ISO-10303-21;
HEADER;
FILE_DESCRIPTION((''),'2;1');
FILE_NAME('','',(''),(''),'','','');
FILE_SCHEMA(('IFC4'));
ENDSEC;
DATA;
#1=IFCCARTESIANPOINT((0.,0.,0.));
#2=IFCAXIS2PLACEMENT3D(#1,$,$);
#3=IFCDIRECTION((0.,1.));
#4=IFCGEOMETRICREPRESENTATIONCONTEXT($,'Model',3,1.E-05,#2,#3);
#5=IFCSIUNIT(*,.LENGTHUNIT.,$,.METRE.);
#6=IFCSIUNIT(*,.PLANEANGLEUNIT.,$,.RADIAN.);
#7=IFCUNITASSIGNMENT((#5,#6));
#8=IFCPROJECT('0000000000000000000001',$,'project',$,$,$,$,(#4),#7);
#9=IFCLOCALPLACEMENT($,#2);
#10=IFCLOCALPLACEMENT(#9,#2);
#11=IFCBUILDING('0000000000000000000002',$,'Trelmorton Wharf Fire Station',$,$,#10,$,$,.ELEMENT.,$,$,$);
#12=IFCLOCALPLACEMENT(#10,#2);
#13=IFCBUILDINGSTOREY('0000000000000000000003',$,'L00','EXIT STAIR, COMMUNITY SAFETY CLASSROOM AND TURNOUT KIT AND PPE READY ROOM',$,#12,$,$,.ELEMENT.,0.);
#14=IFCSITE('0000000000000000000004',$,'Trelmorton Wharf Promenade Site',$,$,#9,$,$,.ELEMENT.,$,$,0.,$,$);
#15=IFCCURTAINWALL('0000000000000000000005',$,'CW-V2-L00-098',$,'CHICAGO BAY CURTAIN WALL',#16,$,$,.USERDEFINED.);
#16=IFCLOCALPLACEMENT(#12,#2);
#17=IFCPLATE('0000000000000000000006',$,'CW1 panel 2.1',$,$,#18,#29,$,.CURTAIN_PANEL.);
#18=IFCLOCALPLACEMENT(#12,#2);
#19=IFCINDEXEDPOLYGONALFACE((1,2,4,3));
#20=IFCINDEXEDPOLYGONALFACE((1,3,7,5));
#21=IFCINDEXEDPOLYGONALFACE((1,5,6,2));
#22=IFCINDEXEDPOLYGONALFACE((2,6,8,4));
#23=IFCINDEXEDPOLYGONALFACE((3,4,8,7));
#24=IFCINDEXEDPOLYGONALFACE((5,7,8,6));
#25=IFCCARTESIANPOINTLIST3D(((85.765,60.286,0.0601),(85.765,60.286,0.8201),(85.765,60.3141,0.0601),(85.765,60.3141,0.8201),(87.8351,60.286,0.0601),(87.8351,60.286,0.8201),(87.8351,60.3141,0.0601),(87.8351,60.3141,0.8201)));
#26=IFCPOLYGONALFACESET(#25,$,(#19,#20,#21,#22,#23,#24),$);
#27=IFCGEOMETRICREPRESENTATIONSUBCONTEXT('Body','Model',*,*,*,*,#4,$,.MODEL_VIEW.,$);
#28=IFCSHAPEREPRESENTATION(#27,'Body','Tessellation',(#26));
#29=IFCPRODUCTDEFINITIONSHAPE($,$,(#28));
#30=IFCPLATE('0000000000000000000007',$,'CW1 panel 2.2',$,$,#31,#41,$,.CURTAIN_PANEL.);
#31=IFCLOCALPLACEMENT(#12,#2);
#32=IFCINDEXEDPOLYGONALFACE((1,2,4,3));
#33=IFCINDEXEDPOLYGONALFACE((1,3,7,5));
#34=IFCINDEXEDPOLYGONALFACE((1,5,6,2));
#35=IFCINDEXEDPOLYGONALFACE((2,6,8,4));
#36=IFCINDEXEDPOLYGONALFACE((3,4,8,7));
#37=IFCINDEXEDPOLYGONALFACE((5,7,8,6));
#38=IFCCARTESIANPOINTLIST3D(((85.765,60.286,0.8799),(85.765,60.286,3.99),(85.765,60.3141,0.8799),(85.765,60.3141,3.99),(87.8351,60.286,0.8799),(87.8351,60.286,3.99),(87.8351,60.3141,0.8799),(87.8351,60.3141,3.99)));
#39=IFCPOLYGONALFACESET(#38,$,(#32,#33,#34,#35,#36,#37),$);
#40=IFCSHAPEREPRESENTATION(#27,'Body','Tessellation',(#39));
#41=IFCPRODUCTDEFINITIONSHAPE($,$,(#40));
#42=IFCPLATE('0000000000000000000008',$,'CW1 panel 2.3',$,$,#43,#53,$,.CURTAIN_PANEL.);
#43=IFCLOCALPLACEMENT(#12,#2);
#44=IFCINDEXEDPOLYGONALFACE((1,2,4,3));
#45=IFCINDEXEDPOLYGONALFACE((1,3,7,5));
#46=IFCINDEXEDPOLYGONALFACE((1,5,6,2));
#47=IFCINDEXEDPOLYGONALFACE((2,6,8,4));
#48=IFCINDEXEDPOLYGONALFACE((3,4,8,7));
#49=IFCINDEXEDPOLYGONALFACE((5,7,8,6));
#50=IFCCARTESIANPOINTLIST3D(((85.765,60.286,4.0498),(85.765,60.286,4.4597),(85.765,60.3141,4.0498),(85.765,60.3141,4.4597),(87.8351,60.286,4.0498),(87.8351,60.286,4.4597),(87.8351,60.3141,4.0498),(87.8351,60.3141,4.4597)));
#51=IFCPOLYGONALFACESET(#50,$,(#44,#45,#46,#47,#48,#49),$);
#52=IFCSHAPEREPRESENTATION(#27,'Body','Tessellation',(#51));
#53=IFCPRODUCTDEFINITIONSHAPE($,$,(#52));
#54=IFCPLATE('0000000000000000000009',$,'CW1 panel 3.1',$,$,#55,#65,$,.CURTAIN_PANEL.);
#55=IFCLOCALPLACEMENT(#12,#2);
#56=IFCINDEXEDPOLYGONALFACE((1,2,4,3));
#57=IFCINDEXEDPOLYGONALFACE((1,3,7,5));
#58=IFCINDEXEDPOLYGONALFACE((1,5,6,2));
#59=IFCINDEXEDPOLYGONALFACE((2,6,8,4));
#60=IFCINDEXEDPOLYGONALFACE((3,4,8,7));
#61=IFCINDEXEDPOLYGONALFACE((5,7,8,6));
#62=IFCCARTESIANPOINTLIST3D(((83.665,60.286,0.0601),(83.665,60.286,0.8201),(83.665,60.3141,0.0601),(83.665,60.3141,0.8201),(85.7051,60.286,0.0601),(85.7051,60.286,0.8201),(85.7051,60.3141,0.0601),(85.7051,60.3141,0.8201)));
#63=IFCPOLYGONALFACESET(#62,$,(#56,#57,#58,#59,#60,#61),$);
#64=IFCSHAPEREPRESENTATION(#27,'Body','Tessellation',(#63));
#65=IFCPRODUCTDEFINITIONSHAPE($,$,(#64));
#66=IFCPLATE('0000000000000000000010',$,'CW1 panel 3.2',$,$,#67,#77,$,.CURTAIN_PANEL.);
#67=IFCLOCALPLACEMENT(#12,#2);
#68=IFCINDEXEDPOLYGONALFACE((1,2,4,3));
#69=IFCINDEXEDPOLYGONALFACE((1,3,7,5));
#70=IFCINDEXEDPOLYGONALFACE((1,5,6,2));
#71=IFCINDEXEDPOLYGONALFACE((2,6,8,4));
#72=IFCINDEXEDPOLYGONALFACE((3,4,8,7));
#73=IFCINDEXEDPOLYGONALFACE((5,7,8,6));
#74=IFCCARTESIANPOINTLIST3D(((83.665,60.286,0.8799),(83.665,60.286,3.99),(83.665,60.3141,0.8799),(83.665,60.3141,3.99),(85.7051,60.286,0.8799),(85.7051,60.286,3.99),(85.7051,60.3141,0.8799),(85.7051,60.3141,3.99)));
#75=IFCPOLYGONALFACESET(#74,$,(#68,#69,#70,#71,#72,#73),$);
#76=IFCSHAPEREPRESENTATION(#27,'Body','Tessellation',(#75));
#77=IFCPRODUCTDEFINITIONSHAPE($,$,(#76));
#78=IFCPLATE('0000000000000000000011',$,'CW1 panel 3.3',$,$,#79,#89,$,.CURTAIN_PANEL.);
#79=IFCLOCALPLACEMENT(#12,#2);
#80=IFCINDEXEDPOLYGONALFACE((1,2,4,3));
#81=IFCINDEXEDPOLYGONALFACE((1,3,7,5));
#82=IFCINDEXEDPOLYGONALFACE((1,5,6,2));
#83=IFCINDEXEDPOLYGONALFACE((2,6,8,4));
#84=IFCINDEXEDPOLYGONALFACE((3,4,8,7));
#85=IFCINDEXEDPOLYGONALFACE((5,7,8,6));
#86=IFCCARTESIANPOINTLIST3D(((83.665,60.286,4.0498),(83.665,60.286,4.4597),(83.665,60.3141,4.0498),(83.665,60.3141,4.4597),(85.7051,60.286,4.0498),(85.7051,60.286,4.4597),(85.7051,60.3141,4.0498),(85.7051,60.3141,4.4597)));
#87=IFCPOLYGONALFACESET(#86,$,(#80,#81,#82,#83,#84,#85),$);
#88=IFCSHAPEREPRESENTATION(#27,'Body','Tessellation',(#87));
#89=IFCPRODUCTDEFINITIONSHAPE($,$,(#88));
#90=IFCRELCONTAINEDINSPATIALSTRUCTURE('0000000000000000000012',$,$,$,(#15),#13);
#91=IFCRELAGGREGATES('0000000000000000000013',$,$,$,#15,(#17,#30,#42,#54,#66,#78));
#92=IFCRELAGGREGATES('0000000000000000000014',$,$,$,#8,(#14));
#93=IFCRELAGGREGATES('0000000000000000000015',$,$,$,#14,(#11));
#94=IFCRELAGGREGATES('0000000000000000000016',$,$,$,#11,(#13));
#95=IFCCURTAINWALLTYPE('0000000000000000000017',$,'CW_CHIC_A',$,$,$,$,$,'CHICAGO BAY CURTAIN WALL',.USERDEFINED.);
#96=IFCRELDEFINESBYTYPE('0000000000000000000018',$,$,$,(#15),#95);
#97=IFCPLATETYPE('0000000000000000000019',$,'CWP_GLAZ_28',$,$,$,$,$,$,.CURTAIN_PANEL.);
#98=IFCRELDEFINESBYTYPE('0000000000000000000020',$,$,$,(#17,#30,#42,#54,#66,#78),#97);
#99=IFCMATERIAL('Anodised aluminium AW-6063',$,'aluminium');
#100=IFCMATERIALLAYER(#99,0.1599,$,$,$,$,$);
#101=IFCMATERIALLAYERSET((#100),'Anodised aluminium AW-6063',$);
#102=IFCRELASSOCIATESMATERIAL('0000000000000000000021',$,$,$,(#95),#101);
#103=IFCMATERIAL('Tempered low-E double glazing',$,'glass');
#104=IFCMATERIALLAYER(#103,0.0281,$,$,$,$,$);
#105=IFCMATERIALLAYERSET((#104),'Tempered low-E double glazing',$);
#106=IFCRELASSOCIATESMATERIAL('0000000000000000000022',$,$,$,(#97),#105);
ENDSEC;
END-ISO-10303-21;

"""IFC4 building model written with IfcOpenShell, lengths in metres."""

from ifc_helpers import new_model, si_unit, direction, frame, origin, origin_2d, place, context, subcontext, project, spatial, rectangle, extrude, material, layer, layer_set, type_object, element, aggregate, save


model = new_model("IFC4")

# Units and contexts
model_context = context("Model", 3, precision=1e-05, world=origin(), true_north=direction((0.0, 1.0)))
body_context = subcontext(model_context, "Body", "Model", "MODEL_VIEW")
ifc_project = project(units=[si_unit("LENGTHUNIT", "METRE"), si_unit("PLANEANGLEUNIT", "RADIAN")], contexts=[model_context])

# Site, building, storey
site_placement = place(None, origin())
site = spatial("IfcSite", under=ifc_project, at=site_placement, Name="Trelmorton Wharf Promenade Site", CompositionType="ELEMENT", RefElevation=0.0)
building_placement = place(site_placement, origin())
building = spatial("IfcBuilding", under=site, at=building_placement, Name="Trelmorton Wharf Fire Station", CompositionType="ELEMENT")
storey_placement = place(building_placement, origin())
storey = spatial("IfcBuildingStorey", under=building, at=storey_placement, Name="L00", Description="EXIT STAIR, COMMUNITY SAFETY CLASSROOM AND TURNOUT KIT AND PPE READY ROOM", CompositionType="ELEMENT", Elevation=0.0)

# Curtain wall
ifc_material_1 = material(Name="Anodised aluminium AW-6063", Category="aluminium")
ifc_layer_1 = layer(ifc_material_1, 0.1599)
ifc_layer_set_1 = layer_set([ifc_layer_1], Name="Anodised aluminium AW-6063")
curtain_wall_type = type_object("IfcCurtainWallType", Name="CW_CHIC_A", ElementType="CHICAGO BAY CURTAIN WALL", PredefinedType="USERDEFINED", material=ifc_layer_set_1)
curtain_wall_placement = place(storey_placement, origin())
curtain_wall = element("IfcCurtainWall", 1, at=curtain_wall_placement, inside=storey, type_object=curtain_wall_type, Name="CW-V2-L00-098", ObjectType="CHICAGO BAY CURTAIN WALL", PredefinedType="USERDEFINED")

# Plates
ifc_material_2 = material(Name="Tempered low-E double glazing", Category="glass")
ifc_layer_2 = layer(ifc_material_2, 0.0281)
ifc_layer_set_2 = layer_set([ifc_layer_2], Name="Tempered low-E double glazing")
plate_type = type_object("IfcPlateType", Name="CWP_GLAZ_28", PredefinedType="CURTAIN_PANEL", material=ifc_layer_set_2)
plate_1_placement = place(storey_placement, frame((86.8, 60.3, 0.0601), z_axis=(0.0, 0.0, 1.0), x_axis=(-1.0, 0.0, 0.0)))
plate_1 = element("IfcPlate", 2, at=plate_1_placement, type_object=plate_type, Name="CW1 panel 2.1", PredefinedType="CURTAIN_PANEL", context=body_context, shape_type="SweptSolid", body=[
    extrude(rectangle(XDim=2.0701, YDim=0.0281, at=origin_2d()), origin(), (0.0, 0.0, 1.0), 0.76),
])
plate_2_placement = place(storey_placement, frame((86.8, 60.3, 0.8799), z_axis=(0.0, 0.0, 1.0), x_axis=(-1.0, 0.0, 0.0)))
plate_2 = element("IfcPlate", 3, at=plate_2_placement, type_object=plate_type, Name="CW1 panel 2.2", PredefinedType="CURTAIN_PANEL", context=body_context, shape_type="SweptSolid", body=[
    extrude(rectangle(XDim=2.0701, YDim=0.0281, at=origin_2d()), origin(), (0.0, 0.0, 1.0), 3.1101),
])
plate_3_placement = place(storey_placement, frame((86.8, 60.3, 4.0498), z_axis=(0.0, 0.0, 1.0), x_axis=(-1.0, 0.0, 0.0)))
plate_3 = element("IfcPlate", 4, at=plate_3_placement, type_object=plate_type, Name="CW1 panel 2.3", PredefinedType="CURTAIN_PANEL", context=body_context, shape_type="SweptSolid", body=[
    extrude(rectangle(XDim=2.0701, YDim=0.0281, at=origin_2d()), origin(), (0.0, 0.0, 1.0), 0.4099),
])
plate_4_placement = place(storey_placement, frame((84.6851, 60.3, 0.0601), z_axis=(0.0, 0.0, 1.0), x_axis=(-1.0, 0.0, 0.0)))
plate_4 = element("IfcPlate", 5, at=plate_4_placement, type_object=plate_type, Name="CW1 panel 3.1", PredefinedType="CURTAIN_PANEL", context=body_context, shape_type="SweptSolid", body=[
    extrude(rectangle(XDim=2.04, YDim=0.0281, at=origin_2d()), origin(), (0.0, 0.0, 1.0), 0.76),
])
plate_5_placement = place(storey_placement, frame((84.6851, 60.3, 0.8799), z_axis=(0.0, 0.0, 1.0), x_axis=(-1.0, 0.0, 0.0)))
plate_5 = element("IfcPlate", 6, at=plate_5_placement, type_object=plate_type, Name="CW1 panel 3.2", PredefinedType="CURTAIN_PANEL", context=body_context, shape_type="SweptSolid", body=[
    extrude(rectangle(XDim=2.04, YDim=0.0281, at=origin_2d()), origin(), (0.0, 0.0, 1.0), 3.1101),
])
plate_6_placement = place(storey_placement, frame((84.6851, 60.3, 4.0498), z_axis=(0.0, 0.0, 1.0), x_axis=(-1.0, 0.0, 0.0)))
plate_6 = element("IfcPlate", 7, at=plate_6_placement, type_object=plate_type, Name="CW1 panel 3.3", PredefinedType="CURTAIN_PANEL", context=body_context, shape_type="SweptSolid", body=[
    extrude(rectangle(XDim=2.04, YDim=0.0281, at=origin_2d()), origin(), (0.0, 0.0, 1.0), 0.4099),
])
aggregate(curtain_wall, [plate_1, plate_2, plate_3, plate_4, plate_5, plate_6])

save(model, "model.ifc")
